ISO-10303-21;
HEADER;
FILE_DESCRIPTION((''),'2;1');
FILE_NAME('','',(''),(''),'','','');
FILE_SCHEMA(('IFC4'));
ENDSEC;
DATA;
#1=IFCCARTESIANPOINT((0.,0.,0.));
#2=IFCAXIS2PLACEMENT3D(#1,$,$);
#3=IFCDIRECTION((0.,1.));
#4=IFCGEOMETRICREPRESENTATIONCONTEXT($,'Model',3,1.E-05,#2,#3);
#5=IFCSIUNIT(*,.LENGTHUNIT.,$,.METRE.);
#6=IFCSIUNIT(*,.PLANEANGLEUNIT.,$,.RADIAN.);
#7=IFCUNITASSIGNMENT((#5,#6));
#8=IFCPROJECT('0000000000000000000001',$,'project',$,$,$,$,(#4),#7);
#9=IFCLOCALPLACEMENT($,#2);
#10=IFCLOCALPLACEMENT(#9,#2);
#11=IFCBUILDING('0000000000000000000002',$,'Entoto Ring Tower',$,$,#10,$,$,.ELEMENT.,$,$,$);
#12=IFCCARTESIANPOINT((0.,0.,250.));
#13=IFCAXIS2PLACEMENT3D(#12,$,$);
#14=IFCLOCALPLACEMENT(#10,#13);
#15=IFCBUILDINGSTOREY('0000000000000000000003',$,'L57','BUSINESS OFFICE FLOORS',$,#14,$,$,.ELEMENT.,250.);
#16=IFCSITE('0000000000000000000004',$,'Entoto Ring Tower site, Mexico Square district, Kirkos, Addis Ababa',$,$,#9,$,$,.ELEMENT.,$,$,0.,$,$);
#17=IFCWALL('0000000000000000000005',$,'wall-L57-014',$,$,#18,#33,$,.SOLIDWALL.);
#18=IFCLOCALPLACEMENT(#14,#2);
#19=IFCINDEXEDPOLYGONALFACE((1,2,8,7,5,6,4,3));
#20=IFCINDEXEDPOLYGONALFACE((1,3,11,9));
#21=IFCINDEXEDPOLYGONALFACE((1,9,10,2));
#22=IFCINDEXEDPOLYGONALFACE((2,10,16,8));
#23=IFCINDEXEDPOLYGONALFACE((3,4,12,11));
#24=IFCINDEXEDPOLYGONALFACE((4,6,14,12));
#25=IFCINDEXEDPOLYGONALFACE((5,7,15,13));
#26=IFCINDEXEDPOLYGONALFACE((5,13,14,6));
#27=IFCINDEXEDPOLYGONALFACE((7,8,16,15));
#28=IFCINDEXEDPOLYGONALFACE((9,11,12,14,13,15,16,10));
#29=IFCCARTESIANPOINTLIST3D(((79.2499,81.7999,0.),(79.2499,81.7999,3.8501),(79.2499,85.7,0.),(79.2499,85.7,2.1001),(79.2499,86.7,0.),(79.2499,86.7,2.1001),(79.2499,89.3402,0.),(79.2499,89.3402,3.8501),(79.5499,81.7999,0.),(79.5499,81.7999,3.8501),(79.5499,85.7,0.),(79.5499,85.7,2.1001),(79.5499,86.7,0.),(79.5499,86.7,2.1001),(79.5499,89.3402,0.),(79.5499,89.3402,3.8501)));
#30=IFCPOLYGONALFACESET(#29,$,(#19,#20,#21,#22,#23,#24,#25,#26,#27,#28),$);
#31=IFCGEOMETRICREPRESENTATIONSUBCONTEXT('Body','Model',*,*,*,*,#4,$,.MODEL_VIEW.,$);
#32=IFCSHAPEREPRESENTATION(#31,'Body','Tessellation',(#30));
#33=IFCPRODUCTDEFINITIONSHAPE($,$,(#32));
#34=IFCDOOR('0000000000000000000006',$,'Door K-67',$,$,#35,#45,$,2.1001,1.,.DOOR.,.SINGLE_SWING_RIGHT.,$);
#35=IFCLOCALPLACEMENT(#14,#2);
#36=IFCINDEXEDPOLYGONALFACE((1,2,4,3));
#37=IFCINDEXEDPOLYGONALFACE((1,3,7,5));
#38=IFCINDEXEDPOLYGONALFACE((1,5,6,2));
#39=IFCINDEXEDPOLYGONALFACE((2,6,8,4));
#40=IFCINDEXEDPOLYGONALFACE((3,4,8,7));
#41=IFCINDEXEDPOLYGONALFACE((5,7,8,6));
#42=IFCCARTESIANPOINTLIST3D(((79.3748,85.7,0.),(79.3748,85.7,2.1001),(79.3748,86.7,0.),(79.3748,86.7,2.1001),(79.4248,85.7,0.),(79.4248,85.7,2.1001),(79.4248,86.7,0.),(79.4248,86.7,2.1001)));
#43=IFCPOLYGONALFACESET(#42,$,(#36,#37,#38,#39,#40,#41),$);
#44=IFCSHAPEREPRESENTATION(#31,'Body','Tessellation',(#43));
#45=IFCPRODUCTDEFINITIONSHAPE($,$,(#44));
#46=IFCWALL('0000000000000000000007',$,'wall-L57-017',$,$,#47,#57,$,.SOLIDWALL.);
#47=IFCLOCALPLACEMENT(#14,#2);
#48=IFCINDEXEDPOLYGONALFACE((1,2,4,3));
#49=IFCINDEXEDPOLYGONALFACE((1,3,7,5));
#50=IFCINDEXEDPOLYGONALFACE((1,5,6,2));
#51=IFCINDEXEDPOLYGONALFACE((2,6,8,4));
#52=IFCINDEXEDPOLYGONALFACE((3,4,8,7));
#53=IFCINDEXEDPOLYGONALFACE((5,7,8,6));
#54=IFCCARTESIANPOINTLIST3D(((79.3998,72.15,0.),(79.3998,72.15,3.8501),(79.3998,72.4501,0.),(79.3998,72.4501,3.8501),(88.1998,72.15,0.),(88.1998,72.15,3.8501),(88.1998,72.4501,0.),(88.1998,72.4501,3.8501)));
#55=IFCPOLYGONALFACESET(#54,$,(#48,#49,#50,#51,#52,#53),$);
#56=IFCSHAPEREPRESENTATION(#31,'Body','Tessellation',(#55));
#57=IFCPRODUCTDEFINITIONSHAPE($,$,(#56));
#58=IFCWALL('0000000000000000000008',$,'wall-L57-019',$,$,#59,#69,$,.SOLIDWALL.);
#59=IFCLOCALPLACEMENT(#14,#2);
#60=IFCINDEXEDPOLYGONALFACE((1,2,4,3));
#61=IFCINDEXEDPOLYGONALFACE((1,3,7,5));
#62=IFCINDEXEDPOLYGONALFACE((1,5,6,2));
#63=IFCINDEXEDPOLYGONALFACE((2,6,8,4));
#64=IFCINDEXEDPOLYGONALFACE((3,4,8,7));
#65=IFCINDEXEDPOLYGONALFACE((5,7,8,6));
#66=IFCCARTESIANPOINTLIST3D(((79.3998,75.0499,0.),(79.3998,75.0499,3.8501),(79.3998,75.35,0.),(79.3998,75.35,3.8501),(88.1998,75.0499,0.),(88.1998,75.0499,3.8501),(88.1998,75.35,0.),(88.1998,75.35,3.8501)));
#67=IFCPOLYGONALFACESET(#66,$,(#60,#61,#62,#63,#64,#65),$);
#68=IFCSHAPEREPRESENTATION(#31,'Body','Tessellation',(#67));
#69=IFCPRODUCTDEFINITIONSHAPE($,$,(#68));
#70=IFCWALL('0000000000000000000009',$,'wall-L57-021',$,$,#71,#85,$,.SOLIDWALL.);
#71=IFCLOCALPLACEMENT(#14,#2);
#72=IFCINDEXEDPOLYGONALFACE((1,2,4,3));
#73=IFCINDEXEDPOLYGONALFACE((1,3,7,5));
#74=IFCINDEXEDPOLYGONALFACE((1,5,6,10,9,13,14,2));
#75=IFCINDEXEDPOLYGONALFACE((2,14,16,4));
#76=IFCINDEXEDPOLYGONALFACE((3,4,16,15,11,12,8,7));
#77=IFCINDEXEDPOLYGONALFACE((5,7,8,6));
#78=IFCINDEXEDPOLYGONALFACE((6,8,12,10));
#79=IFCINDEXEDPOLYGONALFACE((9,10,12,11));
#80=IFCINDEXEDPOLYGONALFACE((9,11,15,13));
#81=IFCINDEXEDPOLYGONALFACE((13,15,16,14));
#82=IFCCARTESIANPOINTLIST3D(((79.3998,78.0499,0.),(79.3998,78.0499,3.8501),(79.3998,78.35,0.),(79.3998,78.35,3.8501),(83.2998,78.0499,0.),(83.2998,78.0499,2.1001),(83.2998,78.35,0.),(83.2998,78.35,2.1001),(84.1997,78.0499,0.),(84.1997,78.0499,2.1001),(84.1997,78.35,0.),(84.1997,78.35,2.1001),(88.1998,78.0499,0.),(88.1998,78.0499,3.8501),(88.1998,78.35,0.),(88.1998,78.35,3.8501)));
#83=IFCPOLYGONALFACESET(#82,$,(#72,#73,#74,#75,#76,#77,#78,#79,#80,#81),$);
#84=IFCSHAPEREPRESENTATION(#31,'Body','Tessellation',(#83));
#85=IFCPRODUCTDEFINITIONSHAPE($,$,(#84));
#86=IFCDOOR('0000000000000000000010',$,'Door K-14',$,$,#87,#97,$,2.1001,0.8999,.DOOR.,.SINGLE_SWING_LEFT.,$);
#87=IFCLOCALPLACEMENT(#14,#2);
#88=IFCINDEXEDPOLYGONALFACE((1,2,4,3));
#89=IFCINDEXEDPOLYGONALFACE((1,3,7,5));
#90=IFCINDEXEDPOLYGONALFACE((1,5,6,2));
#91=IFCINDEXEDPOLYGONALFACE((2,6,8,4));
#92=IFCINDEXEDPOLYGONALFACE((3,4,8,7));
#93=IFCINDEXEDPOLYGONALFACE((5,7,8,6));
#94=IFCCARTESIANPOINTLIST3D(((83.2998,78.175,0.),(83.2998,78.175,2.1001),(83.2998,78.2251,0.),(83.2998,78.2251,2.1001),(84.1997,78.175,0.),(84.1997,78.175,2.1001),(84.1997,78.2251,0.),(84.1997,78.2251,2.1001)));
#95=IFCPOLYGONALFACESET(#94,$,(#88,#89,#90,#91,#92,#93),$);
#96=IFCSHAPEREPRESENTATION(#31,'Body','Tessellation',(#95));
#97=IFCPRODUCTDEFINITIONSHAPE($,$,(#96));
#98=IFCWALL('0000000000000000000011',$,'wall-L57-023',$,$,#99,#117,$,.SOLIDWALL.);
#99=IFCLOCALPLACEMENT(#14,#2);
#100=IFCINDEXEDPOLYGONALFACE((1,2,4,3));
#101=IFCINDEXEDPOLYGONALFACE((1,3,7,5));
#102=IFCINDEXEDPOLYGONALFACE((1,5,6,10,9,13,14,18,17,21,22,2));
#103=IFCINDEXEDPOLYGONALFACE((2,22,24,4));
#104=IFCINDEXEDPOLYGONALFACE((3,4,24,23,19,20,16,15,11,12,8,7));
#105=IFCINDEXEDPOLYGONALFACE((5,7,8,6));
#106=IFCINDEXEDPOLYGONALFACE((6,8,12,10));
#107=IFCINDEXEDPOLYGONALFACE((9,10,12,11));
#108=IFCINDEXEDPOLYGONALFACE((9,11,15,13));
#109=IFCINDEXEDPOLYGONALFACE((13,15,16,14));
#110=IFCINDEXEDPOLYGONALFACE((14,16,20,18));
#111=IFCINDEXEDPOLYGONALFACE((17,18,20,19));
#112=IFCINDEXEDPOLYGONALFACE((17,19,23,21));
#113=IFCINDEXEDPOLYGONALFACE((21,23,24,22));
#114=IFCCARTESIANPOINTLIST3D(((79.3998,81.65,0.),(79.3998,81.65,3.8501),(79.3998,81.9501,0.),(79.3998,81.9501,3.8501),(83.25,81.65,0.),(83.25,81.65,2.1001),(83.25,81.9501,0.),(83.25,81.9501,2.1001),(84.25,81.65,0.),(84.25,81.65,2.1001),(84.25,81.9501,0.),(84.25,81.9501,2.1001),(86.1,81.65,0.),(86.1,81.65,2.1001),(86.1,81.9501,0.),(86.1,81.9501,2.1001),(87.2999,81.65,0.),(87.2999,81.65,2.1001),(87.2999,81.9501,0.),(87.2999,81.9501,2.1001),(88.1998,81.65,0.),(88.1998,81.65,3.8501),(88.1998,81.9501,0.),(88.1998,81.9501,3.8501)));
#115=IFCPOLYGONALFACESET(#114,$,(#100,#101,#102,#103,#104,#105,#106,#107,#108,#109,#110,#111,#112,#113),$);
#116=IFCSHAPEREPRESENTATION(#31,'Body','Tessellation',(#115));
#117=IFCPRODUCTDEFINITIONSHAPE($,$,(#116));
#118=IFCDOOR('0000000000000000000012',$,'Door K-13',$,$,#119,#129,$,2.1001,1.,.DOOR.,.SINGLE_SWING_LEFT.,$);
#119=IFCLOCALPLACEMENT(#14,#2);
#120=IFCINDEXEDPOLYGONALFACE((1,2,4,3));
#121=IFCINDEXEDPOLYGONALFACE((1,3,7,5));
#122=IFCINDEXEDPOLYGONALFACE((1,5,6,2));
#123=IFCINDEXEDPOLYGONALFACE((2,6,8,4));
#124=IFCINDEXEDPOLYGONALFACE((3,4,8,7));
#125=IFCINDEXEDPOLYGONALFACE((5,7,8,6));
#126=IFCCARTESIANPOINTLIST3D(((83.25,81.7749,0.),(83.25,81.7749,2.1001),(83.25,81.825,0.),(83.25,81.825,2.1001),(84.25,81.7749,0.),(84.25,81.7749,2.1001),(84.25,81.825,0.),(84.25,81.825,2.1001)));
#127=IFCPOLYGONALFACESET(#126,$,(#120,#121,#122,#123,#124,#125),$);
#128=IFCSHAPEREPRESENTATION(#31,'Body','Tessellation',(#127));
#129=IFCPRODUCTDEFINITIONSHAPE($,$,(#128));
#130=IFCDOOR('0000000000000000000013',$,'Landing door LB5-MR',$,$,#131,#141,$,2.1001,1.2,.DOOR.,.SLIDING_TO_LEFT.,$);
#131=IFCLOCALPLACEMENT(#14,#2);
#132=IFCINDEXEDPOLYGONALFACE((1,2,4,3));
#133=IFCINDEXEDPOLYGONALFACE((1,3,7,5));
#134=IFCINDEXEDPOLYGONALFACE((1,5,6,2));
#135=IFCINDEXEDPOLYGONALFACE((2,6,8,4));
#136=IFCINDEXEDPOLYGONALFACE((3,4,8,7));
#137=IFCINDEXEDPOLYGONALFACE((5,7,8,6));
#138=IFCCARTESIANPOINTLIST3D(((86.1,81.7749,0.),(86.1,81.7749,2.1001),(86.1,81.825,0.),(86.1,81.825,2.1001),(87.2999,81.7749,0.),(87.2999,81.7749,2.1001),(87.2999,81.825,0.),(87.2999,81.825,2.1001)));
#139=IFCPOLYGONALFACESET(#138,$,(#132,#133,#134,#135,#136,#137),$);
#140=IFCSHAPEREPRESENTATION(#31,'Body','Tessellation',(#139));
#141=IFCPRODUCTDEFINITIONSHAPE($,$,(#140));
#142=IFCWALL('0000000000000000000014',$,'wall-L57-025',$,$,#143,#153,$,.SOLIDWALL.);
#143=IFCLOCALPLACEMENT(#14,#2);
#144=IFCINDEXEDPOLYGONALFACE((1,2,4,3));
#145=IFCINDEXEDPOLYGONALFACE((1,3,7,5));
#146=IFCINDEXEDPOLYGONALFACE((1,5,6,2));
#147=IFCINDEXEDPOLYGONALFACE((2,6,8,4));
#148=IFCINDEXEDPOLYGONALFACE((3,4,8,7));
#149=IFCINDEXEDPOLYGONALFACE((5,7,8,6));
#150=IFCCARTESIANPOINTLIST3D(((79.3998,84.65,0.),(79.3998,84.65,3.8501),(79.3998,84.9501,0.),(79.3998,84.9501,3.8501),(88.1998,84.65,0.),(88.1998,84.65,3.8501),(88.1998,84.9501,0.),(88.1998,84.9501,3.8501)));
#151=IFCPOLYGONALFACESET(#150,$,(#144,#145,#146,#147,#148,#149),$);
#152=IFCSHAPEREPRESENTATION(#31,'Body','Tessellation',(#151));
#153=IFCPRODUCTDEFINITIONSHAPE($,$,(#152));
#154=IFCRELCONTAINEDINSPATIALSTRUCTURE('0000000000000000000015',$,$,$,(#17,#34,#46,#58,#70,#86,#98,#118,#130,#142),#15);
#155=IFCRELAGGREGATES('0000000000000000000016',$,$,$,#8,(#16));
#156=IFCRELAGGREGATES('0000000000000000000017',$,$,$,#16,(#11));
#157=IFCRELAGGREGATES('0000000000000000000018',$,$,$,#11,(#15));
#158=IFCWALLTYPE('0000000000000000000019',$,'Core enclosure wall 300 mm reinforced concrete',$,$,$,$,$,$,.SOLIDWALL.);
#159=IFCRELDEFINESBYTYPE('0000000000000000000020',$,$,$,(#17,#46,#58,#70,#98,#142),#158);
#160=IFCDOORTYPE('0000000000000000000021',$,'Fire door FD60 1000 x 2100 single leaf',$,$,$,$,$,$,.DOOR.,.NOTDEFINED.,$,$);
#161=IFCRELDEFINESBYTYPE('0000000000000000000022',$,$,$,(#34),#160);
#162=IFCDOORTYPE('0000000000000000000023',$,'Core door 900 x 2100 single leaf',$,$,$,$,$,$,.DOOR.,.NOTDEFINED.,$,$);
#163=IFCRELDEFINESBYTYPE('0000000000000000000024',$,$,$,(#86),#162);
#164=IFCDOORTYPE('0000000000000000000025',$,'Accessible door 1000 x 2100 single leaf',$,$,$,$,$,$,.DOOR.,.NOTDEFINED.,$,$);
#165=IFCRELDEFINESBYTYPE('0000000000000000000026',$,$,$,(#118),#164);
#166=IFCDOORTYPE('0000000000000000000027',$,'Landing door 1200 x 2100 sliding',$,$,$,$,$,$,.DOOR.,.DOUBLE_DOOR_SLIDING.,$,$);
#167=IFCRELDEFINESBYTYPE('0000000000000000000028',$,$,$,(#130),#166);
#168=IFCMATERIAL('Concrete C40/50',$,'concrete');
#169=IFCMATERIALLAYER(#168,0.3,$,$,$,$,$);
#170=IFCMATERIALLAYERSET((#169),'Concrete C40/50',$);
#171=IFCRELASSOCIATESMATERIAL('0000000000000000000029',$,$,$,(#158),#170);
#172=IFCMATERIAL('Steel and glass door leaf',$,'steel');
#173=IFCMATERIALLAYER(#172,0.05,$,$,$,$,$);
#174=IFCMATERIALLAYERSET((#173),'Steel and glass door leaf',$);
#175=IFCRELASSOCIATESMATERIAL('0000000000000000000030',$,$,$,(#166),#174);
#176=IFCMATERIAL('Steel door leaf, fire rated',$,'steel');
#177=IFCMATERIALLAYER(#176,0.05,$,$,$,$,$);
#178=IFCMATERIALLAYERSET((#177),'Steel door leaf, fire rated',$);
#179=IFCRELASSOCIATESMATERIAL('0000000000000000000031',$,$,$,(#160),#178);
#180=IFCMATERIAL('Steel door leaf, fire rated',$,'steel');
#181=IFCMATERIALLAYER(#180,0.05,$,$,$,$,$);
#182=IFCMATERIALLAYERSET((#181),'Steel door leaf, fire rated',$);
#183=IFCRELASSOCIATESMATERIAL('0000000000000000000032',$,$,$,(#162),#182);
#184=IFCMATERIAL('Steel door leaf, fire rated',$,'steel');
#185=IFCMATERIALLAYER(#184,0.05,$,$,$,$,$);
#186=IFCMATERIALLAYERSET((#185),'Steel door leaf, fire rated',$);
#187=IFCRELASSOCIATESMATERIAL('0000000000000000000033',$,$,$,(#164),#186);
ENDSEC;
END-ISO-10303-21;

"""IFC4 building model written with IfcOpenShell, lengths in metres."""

from ifc_helpers import new_model, si_unit, direction, frame, frame_2d, origin, place, context, subcontext, project, spatial, rectangle, extrude, material, layer, layer_set, type_object, element, fill, save


model = new_model("IFC4")

# Units and contexts
model_context = context("Model", 3, precision=1e-05, world=origin(), true_north=direction((0.0, 1.0)))
body_context = subcontext(model_context, "Body", "Model", "MODEL_VIEW")
ifc_project = project(units=[si_unit("LENGTHUNIT", "METRE"), si_unit("PLANEANGLEUNIT", "RADIAN")], contexts=[model_context])

# Site, building, storey
site_placement = place(None, origin())
site = spatial("IfcSite", under=ifc_project, at=site_placement, Name="Entoto Ring Tower site, Mexico Square district, Kirkos, Addis Ababa", CompositionType="ELEMENT", RefElevation=0.0)
building_placement = place(site_placement, origin())
building = spatial("IfcBuilding", under=site, at=building_placement, Name="Entoto Ring Tower", CompositionType="ELEMENT")
storey_placement = place(building_placement, frame((0.0, 0.0, 250.0)))
storey = spatial("IfcBuildingStorey", under=building, at=storey_placement, Name="L57", Description="BUSINESS OFFICE FLOORS", CompositionType="ELEMENT", Elevation=250.0)

# Shared definitions
ifc_material_1 = material(Name="Concrete C40/50", Category="concrete")
ifc_layer_1 = layer(ifc_material_1, 0.3)
ifc_layer_set_1 = layer_set([ifc_layer_1], Name="Concrete C40/50")
wall_type = type_object("IfcWallType", Name="Core enclosure wall 300 mm reinforced concrete", PredefinedType="SOLIDWALL", material=ifc_layer_set_1)
ifc_material_2 = material(Name="Steel and glass door leaf", Category="steel")
ifc_layer_2 = layer(ifc_material_2, 0.05)
ifc_layer_set_2 = layer_set([ifc_layer_2], Name="Steel and glass door leaf")
door_type_1 = type_object("IfcDoorType", Name="Landing door 1200 x 2100 sliding", OperationType="DOUBLE_DOOR_SLIDING", PredefinedType="DOOR", material=ifc_layer_set_2)

# Wall, opening, door
wall_1_placement = place(storey_placement, frame((79.3999, 81.8, 0.0), z_axis=(0.0, 0.0, 1.0), x_axis=(0.0, 1.0, 0.0)))
wall_1 = element("IfcWall", 1, at=wall_1_placement, inside=storey, type_object=wall_type, Name="wall-L57-014", PredefinedType="SOLIDWALL", context=body_context, shape_type="SweptSolid", body=[
    extrude(rectangle(XDim=7.5403, YDim=0.3, at=frame_2d((3.77, 0.0))), origin(), (0.0, 0.0, 1.0), 3.8501),
])
opening_1_placement = place(wall_1_placement, frame((3.8999, 0.0, 0.0)))
opening_1 = element("IfcOpeningElement", 2, at=opening_1_placement, cuts=wall_1, PredefinedType="OPENING", context=body_context, shape_type="SweptSolid", body=[
    extrude(rectangle(XDim=1.0, YDim=2.1001, at=frame_2d((0.5, 1.05))), frame((0.0, 0.1602, 0.0), z_axis=(0.0, -1.0, 0.0), x_axis=(1.0, 0.0, 0.0)), (0.0, 0.0, 1.0), 0.3201),
])
ifc_material_3 = material(Name="Steel door leaf, fire rated", Category="steel")
ifc_layer_3 = layer(ifc_material_3, 0.05)
ifc_layer_set_3 = layer_set([ifc_layer_3], Name="Steel door leaf, fire rated")
door_type_2 = type_object("IfcDoorType", Name="Fire door FD60 1000 x 2100 single leaf", OperationType="NOTDEFINED", PredefinedType="DOOR", material=ifc_layer_set_3)
door_1_placement = place(opening_1_placement, frame((1.0, 0.0, 0.0), z_axis=(0.0, 0.0, 1.0), x_axis=(-1.0, 0.0, 0.0)))
door_1 = element("IfcDoor", 3, at=door_1_placement, inside=storey, type_object=door_type_2, Name="Door K-67", OperationType="SINGLE_SWING_RIGHT", OverallHeight=2.1001, OverallWidth=1.0, PredefinedType="DOOR", context=body_context, shape_type="SweptSolid", body=[
    extrude(rectangle(XDim=1.0, YDim=2.1001, at=frame_2d((0.5, 1.05))), frame((0.0, 0.0249, 0.0), z_axis=(0.0, -1.0, 0.0), x_axis=(1.0, 0.0, 0.0)), (0.0, 0.0, 1.0), 0.05),
])
fill(opening_1, door_1)

# Walls
for number, where, z_axis, x_axis, name in (
    (4, (79.3999, 72.3, 0.0), (0.0, 0.0, 1.0), (1.0, 0.0, 0.0), "wall-L57-017"),
    (5, (79.3999, 75.2, 0.0), (0.0, 0.0, 1.0), (1.0, 0.0, 0.0), "wall-L57-019"),
):
    element("IfcWall", number, at=place(storey_placement, frame(where, z_axis=z_axis, x_axis=x_axis)), inside=storey, type_object=wall_type, Name=name, PredefinedType="SOLIDWALL", context=body_context, shape_type="SweptSolid", body=[
        extrude(rectangle(XDim=8.8, YDim=0.3, at=frame_2d((4.3999, 0.0))), origin(), (0.0, 0.0, 1.0), 3.8501),
    ])

# Wall, opening, door
wall_2_placement = place(storey_placement, frame((79.3999, 78.2, 0.0), z_axis=(0.0, 0.0, 1.0), x_axis=(1.0, 0.0, 0.0)))
wall_2 = element("IfcWall", 6, at=wall_2_placement, inside=storey, type_object=wall_type, Name="wall-L57-021", PredefinedType="SOLIDWALL", context=body_context, shape_type="SweptSolid", body=[
    extrude(rectangle(XDim=8.8, YDim=0.3, at=frame_2d((4.3999, 0.0))), origin(), (0.0, 0.0, 1.0), 3.8501),
])
opening_2_placement = place(wall_2_placement, frame((3.8999, 0.0, 0.0)))
opening_2 = element("IfcOpeningElement", 7, at=opening_2_placement, cuts=wall_2, PredefinedType="OPENING", context=body_context, shape_type="SweptSolid", body=[
    extrude(rectangle(XDim=0.8999, YDim=2.1001, at=frame_2d((0.45, 1.05))), frame((0.0, 0.1602, 0.0), z_axis=(0.0, -1.0, 0.0), x_axis=(1.0, 0.0, 0.0)), (0.0, 0.0, 1.0), 0.3201),
])
ifc_material_4 = material(Name="Steel door leaf, fire rated", Category="steel")
ifc_layer_4 = layer(ifc_material_4, 0.05)
ifc_layer_set_4 = layer_set([ifc_layer_4], Name="Steel door leaf, fire rated")
door_type_3 = type_object("IfcDoorType", Name="Core door 900 x 2100 single leaf", OperationType="NOTDEFINED", PredefinedType="DOOR", material=ifc_layer_set_4)
door_2_placement = place(opening_2_placement, frame((0.8999, 0.0, 0.0), z_axis=(0.0, 0.0, 1.0), x_axis=(-1.0, 0.0, 0.0)))
door_2 = element("IfcDoor", 8, at=door_2_placement, inside=storey, type_object=door_type_3, Name="Door K-14", OperationType="SINGLE_SWING_LEFT", OverallHeight=2.1001, OverallWidth=0.8999, PredefinedType="DOOR", context=body_context, shape_type="SweptSolid", body=[
    extrude(rectangle(XDim=0.8999, YDim=2.1001, at=frame_2d((0.45, 1.05))), frame((0.0, 0.0249, 0.0), z_axis=(0.0, -1.0, 0.0), x_axis=(1.0, 0.0, 0.0)), (0.0, 0.0, 1.0), 0.05),
])
fill(opening_2, door_2)

# Wall, openings, doors
wall_3_placement = place(storey_placement, frame((79.3999, 81.8, 0.0), z_axis=(0.0, 0.0, 1.0), x_axis=(1.0, 0.0, 0.0)))
wall_3 = element("IfcWall", 9, at=wall_3_placement, inside=storey, type_object=wall_type, Name="wall-L57-023", PredefinedType="SOLIDWALL", context=body_context, shape_type="SweptSolid", body=[
    extrude(rectangle(XDim=8.8, YDim=0.3, at=frame_2d((4.3999, 0.0))), origin(), (0.0, 0.0, 1.0), 3.8501),
])
opening_3_placement = place(wall_3_placement, frame((6.7, 0.0, 0.0)))
opening_3 = element("IfcOpeningElement", 10, at=opening_3_placement, cuts=wall_3, PredefinedType="OPENING", context=body_context, shape_type="SweptSolid", body=[
    extrude(rectangle(XDim=1.2, YDim=2.1001, at=frame_2d((0.6001, 1.05))), frame((0.0, 0.1602, 0.0), z_axis=(0.0, -1.0, 0.0), x_axis=(1.0, 0.0, 0.0)), (0.0, 0.0, 1.0), 0.3201),
])
opening_4_placement = place(wall_3_placement, frame((3.8501, 0.0, 0.0)))
opening_4 = element("IfcOpeningElement", 11, at=opening_4_placement, cuts=wall_3, PredefinedType="OPENING", context=body_context, shape_type="SweptSolid", body=[
    extrude(rectangle(XDim=1.0, YDim=2.1001, at=frame_2d((0.5, 1.05))), frame((0.0, 0.1602, 0.0), z_axis=(0.0, -1.0, 0.0), x_axis=(1.0, 0.0, 0.0)), (0.0, 0.0, 1.0), 0.3201),
])
ifc_material_5 = material(Name="Steel door leaf, fire rated", Category="steel")
ifc_layer_5 = layer(ifc_material_5, 0.05)
ifc_layer_set_5 = layer_set([ifc_layer_5], Name="Steel door leaf, fire rated")
door_type_4 = type_object("IfcDoorType", Name="Accessible door 1000 x 2100 single leaf", OperationType="NOTDEFINED", PredefinedType="DOOR", material=ifc_layer_set_5)
door_3_placement = place(opening_4_placement, origin())
door_3 = element("IfcDoor", 12, at=door_3_placement, inside=storey, type_object=door_type_4, Name="Door K-13", OperationType="SINGLE_SWING_LEFT", OverallHeight=2.1001, OverallWidth=1.0, PredefinedType="DOOR", context=body_context, shape_type="SweptSolid", body=[
    extrude(rectangle(XDim=1.0, YDim=2.1001, at=frame_2d((0.5, 1.05))), frame((0.0, 0.0249, 0.0), z_axis=(0.0, -1.0, 0.0), x_axis=(1.0, 0.0, 0.0)), (0.0, 0.0, 1.0), 0.05),
])
fill(opening_4, door_3)
door_4_placement = place(opening_3_placement, origin())
door_4 = element("IfcDoor", 13, at=door_4_placement, inside=storey, type_object=door_type_1, Name="Landing door LB5-MR", OperationType="SLIDING_TO_LEFT", OverallHeight=2.1001, OverallWidth=1.2, PredefinedType="DOOR", context=body_context, shape_type="SweptSolid", body=[
    extrude(rectangle(XDim=1.2, YDim=2.1001, at=frame_2d((0.6001, 1.05))), frame((0.0, 0.0249, 0.0), z_axis=(0.0, -1.0, 0.0), x_axis=(1.0, 0.0, 0.0)), (0.0, 0.0, 1.0), 0.05),
])
fill(opening_3, door_4)

# Wall
wall_4_placement = place(storey_placement, frame((79.3999, 84.8, 0.0), z_axis=(0.0, 0.0, 1.0), x_axis=(1.0, 0.0, 0.0)))
element("IfcWall", 14, at=wall_4_placement, inside=storey, type_object=wall_type, Name="wall-L57-025", PredefinedType="SOLIDWALL", context=body_context, shape_type="SweptSolid", body=[
    extrude(rectangle(XDim=8.8, YDim=0.3, at=frame_2d((4.3999, 0.0))), origin(), (0.0, 0.0, 1.0), 3.8501),
])

save(model, "model.ifc")
